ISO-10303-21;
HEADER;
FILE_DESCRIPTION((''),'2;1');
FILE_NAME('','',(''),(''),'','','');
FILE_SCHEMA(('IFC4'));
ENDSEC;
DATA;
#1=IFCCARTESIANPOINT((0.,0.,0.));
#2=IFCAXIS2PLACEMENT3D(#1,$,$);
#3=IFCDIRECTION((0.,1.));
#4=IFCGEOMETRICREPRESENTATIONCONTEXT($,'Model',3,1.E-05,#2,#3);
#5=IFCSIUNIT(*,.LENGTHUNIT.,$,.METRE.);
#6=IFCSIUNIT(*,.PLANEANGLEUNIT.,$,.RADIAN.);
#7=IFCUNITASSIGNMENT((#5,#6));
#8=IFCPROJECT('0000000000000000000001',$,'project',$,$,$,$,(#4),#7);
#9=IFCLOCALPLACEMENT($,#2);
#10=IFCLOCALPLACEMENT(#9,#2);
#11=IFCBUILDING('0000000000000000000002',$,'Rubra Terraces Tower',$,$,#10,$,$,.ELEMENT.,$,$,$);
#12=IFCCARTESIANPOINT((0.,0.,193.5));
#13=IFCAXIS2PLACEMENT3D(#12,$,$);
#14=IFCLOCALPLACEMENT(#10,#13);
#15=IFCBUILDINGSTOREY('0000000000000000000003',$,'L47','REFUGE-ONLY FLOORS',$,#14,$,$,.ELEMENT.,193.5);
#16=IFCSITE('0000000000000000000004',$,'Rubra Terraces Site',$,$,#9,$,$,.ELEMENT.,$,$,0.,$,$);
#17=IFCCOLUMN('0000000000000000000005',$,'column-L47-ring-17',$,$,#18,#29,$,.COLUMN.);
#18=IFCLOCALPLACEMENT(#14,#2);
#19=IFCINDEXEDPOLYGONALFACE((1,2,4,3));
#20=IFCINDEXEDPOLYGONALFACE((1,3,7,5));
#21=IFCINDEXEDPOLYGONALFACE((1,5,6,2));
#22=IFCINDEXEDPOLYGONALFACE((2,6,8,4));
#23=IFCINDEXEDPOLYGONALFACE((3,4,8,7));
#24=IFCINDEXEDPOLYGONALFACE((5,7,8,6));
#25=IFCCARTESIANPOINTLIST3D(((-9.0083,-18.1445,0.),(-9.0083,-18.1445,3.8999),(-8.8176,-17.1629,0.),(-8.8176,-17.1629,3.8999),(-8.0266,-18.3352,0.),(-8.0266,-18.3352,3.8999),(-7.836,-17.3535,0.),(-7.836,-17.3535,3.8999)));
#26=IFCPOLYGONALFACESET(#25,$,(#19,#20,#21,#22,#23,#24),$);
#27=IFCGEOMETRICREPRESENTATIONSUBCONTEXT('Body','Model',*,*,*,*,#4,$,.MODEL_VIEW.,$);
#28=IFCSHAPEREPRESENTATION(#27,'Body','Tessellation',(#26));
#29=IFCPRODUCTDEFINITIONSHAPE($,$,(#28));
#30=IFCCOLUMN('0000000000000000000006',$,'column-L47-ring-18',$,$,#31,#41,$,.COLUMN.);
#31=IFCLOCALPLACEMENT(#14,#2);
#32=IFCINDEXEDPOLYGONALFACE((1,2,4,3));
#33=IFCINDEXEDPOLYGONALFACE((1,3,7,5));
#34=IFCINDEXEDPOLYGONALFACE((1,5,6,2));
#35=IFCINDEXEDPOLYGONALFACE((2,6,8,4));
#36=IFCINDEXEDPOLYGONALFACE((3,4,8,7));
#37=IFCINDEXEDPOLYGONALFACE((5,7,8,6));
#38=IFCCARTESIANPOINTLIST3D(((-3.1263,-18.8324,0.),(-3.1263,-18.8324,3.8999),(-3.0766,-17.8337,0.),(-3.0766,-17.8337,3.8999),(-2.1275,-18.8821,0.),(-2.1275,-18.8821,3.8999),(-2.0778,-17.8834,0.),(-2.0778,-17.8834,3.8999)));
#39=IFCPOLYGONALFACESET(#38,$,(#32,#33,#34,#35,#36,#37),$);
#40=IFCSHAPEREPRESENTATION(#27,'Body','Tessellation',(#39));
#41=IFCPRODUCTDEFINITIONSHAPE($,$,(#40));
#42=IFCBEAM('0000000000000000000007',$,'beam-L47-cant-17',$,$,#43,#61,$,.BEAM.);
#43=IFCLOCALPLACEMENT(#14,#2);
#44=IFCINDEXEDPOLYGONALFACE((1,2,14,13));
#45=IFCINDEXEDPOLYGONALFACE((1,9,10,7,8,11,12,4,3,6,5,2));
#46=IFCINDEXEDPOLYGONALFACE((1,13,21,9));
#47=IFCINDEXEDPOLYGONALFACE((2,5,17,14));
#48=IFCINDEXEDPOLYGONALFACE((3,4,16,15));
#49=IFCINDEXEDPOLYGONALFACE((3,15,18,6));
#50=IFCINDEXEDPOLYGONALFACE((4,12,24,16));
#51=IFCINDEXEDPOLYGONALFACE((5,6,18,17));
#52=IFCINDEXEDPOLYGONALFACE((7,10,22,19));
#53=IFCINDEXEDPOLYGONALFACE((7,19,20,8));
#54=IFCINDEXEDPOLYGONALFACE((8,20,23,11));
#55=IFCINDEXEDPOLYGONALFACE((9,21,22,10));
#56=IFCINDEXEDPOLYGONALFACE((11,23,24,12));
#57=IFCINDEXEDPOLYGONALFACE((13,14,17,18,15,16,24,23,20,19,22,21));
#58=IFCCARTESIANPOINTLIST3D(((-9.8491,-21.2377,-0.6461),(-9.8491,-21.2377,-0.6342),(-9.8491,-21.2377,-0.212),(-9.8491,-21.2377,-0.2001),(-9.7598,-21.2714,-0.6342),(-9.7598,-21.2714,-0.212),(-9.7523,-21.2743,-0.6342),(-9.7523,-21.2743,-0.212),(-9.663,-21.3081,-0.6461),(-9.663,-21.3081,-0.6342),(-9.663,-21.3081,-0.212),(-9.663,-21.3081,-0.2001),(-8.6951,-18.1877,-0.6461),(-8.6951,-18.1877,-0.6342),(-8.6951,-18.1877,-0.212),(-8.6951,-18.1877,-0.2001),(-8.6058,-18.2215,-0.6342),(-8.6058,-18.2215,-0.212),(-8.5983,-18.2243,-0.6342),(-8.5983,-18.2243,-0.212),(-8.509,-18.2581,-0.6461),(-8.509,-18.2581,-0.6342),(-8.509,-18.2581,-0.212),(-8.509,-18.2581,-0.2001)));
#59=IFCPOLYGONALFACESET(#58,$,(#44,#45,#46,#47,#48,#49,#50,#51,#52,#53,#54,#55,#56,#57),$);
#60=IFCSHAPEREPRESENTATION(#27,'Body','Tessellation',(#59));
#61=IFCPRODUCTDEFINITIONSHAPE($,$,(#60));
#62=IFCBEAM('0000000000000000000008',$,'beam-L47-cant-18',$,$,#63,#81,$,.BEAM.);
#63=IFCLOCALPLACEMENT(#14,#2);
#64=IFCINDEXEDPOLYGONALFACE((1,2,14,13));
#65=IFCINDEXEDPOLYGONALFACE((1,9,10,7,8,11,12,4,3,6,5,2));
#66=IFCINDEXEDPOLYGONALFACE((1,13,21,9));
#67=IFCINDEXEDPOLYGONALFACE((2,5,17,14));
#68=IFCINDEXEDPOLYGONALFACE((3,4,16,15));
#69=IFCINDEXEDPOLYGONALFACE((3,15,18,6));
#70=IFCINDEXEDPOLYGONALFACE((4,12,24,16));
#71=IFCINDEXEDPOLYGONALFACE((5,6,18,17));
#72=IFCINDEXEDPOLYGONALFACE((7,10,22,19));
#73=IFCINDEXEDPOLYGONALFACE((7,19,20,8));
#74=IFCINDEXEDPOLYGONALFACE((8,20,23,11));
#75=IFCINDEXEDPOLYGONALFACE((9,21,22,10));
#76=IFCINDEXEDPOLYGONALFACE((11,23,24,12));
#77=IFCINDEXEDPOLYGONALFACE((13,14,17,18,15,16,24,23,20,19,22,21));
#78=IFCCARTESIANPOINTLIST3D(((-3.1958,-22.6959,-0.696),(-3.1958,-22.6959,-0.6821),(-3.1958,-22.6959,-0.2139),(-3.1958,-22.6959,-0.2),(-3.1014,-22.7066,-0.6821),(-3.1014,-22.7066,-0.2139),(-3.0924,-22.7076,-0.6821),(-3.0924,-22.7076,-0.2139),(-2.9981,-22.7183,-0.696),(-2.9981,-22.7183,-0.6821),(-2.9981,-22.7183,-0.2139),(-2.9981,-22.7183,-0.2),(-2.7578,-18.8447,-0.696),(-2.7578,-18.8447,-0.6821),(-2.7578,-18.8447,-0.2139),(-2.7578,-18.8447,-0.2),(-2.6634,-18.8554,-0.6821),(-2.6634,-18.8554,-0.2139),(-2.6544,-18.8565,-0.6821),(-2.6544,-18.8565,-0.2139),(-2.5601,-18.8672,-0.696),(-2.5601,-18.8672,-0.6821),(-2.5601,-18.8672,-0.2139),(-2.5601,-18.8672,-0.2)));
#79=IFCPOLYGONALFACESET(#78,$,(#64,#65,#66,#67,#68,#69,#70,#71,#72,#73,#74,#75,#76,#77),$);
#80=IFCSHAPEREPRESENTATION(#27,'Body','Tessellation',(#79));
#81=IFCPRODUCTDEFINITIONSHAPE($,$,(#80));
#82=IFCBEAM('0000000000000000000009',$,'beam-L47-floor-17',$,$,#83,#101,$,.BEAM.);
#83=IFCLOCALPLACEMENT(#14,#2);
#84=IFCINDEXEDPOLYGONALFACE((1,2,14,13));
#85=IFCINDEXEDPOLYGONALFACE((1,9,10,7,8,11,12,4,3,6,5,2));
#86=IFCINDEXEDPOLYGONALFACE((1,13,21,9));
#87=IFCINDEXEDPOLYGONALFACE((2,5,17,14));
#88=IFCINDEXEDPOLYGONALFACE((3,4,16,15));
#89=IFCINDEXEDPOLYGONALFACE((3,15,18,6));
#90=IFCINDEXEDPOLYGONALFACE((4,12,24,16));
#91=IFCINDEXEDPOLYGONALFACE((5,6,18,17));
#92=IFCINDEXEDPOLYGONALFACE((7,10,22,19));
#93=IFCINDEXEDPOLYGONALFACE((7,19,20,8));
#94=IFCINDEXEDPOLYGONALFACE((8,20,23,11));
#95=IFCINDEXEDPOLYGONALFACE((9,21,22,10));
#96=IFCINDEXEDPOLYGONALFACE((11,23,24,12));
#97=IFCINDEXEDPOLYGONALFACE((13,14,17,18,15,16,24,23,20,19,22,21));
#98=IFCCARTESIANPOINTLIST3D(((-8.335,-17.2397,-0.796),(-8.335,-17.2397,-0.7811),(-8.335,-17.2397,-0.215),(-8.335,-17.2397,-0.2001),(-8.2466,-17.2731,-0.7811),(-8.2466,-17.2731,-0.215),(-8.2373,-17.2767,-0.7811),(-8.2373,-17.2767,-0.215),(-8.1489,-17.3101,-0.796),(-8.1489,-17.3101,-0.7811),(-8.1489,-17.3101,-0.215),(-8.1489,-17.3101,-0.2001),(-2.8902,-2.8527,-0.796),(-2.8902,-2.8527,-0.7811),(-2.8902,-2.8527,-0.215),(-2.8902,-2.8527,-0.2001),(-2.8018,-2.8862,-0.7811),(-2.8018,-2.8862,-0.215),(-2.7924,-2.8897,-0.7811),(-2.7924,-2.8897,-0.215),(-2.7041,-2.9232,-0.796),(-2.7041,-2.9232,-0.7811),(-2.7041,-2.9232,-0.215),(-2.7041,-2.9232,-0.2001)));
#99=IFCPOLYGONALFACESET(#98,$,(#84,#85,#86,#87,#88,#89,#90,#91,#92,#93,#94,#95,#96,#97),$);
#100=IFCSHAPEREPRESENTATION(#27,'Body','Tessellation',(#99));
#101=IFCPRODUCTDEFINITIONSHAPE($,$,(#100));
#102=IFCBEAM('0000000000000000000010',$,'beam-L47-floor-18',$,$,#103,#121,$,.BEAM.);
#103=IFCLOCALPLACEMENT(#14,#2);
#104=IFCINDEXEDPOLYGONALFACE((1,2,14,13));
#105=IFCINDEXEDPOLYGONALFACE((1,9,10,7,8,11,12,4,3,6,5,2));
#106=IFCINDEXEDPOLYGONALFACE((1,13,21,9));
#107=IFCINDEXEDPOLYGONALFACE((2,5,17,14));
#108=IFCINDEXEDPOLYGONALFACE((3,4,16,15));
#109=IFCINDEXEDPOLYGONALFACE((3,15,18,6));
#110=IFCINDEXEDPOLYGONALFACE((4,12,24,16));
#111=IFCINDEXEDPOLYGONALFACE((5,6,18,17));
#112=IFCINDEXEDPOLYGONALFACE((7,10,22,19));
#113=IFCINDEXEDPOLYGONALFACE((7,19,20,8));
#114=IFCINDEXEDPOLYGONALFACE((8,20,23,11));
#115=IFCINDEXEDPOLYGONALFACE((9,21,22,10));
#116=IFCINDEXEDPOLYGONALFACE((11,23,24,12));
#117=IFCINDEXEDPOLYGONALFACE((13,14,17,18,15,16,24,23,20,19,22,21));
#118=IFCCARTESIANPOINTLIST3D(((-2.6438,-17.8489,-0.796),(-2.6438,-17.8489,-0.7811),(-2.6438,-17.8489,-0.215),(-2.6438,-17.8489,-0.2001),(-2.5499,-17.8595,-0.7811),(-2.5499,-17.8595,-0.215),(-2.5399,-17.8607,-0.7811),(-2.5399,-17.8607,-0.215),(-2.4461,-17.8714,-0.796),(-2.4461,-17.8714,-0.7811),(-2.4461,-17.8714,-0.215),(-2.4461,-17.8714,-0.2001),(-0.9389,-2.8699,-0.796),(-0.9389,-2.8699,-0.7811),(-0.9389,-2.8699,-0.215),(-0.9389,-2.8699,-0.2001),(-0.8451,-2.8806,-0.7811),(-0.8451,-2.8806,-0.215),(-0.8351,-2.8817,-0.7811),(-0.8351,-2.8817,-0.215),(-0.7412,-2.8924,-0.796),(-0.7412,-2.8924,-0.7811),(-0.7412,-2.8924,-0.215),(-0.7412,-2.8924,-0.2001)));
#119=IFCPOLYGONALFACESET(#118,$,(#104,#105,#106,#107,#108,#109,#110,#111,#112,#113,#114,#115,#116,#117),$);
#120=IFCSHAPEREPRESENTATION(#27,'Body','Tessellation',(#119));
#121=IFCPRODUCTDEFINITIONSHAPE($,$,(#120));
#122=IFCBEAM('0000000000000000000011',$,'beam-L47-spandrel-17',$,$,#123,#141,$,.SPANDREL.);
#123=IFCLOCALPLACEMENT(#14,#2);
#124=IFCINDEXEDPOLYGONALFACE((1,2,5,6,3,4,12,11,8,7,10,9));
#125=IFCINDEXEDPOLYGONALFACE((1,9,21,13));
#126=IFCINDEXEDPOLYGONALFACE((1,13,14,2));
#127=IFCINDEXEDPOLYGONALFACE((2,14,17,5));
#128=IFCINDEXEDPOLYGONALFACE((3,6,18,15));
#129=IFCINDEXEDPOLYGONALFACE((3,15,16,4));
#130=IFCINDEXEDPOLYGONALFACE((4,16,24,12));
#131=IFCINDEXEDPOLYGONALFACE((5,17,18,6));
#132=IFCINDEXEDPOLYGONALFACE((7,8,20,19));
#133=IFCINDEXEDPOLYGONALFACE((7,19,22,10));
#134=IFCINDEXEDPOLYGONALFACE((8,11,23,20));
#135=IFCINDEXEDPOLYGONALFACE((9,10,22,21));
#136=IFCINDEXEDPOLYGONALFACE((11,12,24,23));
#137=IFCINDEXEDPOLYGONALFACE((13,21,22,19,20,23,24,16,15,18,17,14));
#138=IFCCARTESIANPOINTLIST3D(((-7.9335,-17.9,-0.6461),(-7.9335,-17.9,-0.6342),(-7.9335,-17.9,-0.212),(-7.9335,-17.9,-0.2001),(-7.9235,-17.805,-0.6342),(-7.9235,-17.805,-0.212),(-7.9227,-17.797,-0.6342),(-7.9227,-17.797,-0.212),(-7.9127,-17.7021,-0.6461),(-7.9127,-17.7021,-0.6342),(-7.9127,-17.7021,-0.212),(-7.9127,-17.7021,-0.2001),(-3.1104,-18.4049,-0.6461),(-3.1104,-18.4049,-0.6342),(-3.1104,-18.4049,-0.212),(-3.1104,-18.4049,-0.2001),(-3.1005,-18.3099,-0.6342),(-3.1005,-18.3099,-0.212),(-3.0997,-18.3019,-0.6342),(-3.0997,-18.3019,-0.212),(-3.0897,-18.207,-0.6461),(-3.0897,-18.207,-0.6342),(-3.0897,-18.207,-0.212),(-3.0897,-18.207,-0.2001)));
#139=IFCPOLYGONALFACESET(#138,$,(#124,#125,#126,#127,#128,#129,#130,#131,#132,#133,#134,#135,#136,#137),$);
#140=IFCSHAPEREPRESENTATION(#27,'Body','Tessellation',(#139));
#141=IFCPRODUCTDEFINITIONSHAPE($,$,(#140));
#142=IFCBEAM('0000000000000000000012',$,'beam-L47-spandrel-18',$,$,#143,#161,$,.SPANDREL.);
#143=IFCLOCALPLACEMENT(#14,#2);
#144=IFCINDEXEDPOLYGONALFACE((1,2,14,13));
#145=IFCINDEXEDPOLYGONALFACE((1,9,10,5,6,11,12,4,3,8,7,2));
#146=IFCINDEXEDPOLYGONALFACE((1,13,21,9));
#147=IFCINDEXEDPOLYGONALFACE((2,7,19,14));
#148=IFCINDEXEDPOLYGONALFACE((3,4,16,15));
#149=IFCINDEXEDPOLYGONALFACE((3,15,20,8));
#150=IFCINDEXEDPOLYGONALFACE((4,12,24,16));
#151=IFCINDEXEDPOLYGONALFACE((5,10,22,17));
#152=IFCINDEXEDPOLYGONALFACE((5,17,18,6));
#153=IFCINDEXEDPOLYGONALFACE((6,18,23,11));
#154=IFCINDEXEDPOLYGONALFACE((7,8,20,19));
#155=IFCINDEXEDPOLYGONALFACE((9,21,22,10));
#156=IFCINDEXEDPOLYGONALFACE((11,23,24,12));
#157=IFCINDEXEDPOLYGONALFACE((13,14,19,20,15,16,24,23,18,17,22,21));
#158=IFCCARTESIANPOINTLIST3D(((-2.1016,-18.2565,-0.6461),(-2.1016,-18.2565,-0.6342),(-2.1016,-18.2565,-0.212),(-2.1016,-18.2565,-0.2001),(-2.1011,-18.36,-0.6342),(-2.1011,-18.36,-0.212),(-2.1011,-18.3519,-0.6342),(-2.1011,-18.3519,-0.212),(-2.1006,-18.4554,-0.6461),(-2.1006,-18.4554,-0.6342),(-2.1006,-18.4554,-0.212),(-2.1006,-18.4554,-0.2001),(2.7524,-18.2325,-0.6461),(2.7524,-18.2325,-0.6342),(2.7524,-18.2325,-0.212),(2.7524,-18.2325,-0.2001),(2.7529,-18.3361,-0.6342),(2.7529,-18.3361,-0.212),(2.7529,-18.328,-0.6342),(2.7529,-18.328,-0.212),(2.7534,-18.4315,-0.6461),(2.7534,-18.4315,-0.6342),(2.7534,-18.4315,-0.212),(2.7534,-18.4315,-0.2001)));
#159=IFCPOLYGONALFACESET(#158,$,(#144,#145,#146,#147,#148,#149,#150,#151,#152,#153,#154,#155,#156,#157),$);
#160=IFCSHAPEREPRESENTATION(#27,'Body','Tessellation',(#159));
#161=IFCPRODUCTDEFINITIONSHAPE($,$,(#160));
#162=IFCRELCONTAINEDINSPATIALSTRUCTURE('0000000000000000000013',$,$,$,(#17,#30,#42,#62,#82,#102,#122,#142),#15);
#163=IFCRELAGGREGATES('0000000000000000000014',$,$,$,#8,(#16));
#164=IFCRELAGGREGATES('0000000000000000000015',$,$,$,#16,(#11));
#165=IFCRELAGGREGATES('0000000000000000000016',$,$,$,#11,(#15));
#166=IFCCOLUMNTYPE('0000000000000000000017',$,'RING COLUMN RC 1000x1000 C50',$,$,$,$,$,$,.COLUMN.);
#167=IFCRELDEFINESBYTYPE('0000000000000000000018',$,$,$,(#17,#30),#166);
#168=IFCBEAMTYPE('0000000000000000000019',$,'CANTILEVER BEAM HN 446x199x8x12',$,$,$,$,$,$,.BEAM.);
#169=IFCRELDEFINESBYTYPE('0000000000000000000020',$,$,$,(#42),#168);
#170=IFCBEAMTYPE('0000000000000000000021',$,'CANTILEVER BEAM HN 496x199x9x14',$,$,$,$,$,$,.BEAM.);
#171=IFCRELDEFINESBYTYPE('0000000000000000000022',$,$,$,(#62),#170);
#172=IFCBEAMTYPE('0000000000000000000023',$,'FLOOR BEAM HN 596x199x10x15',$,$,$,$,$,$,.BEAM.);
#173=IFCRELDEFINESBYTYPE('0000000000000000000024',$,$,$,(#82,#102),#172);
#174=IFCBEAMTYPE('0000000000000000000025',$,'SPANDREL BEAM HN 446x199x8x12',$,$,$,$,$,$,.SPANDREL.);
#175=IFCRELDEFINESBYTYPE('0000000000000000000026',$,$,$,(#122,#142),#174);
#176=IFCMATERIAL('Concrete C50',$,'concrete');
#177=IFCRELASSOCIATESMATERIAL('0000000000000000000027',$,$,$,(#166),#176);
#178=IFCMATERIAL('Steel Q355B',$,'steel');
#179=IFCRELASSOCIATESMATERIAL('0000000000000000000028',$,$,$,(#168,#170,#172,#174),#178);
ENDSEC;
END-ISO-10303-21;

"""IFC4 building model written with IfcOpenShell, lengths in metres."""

from ifc_helpers import new_model, si_unit, direction, frame, origin, origin_2d, place, context, subcontext, project, spatial, rectangle, i_section, extrude, material, material_profile, profile_set, type_object, element, save


model = new_model("IFC4")

# Units and contexts
model_context = context("Model", 3, precision=1e-05, world=origin(), true_north=direction((0.0, 1.0)))
body_context = subcontext(model_context, "Body", "Model", "MODEL_VIEW")
ifc_project = project(units=[si_unit("LENGTHUNIT", "METRE"), si_unit("PLANEANGLEUNIT", "RADIAN")], contexts=[model_context])

# Site, building, storey
site_placement = place(None, origin())
site = spatial("IfcSite", under=ifc_project, at=site_placement, Name="Rubra Terraces Site", CompositionType="ELEMENT", RefElevation=0.0)
building_placement = place(site_placement, origin())
building = spatial("IfcBuilding", under=site, at=building_placement, Name="Rubra Terraces Tower", CompositionType="ELEMENT")
storey_placement = place(building_placement, frame((0.0, 0.0, 193.5)))
storey = spatial("IfcBuildingStorey", under=building, at=storey_placement, Name="L47", Description="REFUGE-ONLY FLOORS", CompositionType="ELEMENT", Elevation=193.5)

# Columns
ifc_material_1 = material(Name="Concrete C50", Category="concrete")
ifc_material_profile_1 = material_profile(ifc_material_1, rectangle(XDim=1.0, YDim=1.0, at=origin_2d()), Name="RC 1000x1000")
ifc_profile_set_1 = profile_set([ifc_material_profile_1], Name="Concrete C50")
column_type = type_object("IfcColumnType", Name="RING COLUMN RC 1000x1000 C50", PredefinedType="COLUMN", material=ifc_profile_set_1)
for number, where, z_axis, x_axis, name in (
    (1, (-8.4221, -17.749, 0.0), (0.0, 0.0, 1.0), (0.981655, -0.190668, 0.0), "column-L47-ring-17"),
    (2, (-2.6021, -18.3579, 0.0), (0.0, 0.0, 1.0), (0.998764, -0.049699, 0.0), "column-L47-ring-18"),
):
    element("IfcColumn", number, at=place(storey_placement, frame(where, z_axis=z_axis, x_axis=x_axis)), inside=storey, type_object=column_type, Name=name, PredefinedType="COLUMN", context=body_context, shape_type="SweptSolid", body=[
        extrude(rectangle(XDim=1.0, YDim=1.0, at=origin_2d()), origin(), (0.0, 0.0, 1.0), 3.8999),
    ])

# Beams
ifc_material_2 = material(Name="Steel Q355B", Category="steel")
ifc_material_profile_2 = material_profile(ifc_material_2, i_section(OverallWidth=0.199, OverallDepth=0.446, WebThickness=0.0081, FlangeThickness=0.012, at=origin_2d()), Name="HN 446x199x8x12")
ifc_profile_set_2 = profile_set([ifc_material_profile_2], Name="Steel Q355B")
beam_type_1 = type_object("IfcBeamType", Name="CANTILEVER BEAM HN 446x199x8x12", PredefinedType="BEAM", material=ifc_profile_set_2)
beam_1_placement = place(storey_placement, frame((-8.6021, -18.2229, -0.4231), z_axis=(-0.353887, -0.935288, 0.0), x_axis=(0.935288, -0.353887, 0.0)))
element("IfcBeam", 3, at=beam_1_placement, inside=storey, type_object=beam_type_1, Name="beam-L47-cant-17", PredefinedType="BEAM", context=body_context, shape_type="SweptSolid", body=[
    extrude(i_section(OverallWidth=0.199, OverallDepth=0.446, WebThickness=0.0081, FlangeThickness=0.012, at=origin_2d()), origin(), (0.0, 0.0, 1.0), 3.261),
])
ifc_material_profile_3 = material_profile(ifc_material_2, i_section(OverallWidth=0.199, OverallDepth=0.4961, WebThickness=0.009, FlangeThickness=0.0139, at=origin_2d()), Name="HN 496x199x9x14")
ifc_profile_set_3 = profile_set([ifc_material_profile_3], Name="Steel Q355B")
beam_type_2 = type_object("IfcBeamType", Name="CANTILEVER BEAM HN 496x199x9x14", PredefinedType="BEAM", material=ifc_profile_set_3)
beam_2_placement = place(storey_placement, frame((-2.6589, -18.856, -0.448), z_axis=(-0.113003, -0.993595, 0.0), x_axis=(0.993595, -0.113003, 0.0)))
element("IfcBeam", 4, at=beam_2_placement, inside=storey, type_object=beam_type_2, Name="beam-L47-cant-18", PredefinedType="BEAM", context=body_context, shape_type="SweptSolid", body=[
    extrude(i_section(OverallWidth=0.199, OverallDepth=0.4961, WebThickness=0.009, FlangeThickness=0.0139, at=origin_2d()), origin(), (0.0, 0.0, 1.0), 3.876),
])
ifc_material_profile_4 = material_profile(ifc_material_2, i_section(OverallWidth=0.199, OverallDepth=0.5959, WebThickness=0.01, FlangeThickness=0.0149, at=origin_2d()), Name="HN 596x199x10x15")
ifc_profile_set_4 = profile_set([ifc_material_profile_4], Name="Steel Q355B")
beam_type_3 = type_object("IfcBeamType", Name="FLOOR BEAM HN 596x199x10x15", PredefinedType="BEAM", material=ifc_profile_set_4)
beam_3_placement = place(storey_placement, frame((-8.2419, -17.2749, -0.498), z_axis=(0.353955, 0.935262, 0.0), x_axis=(-0.935262, 0.353955, 0.0)))
element("IfcBeam", 5, at=beam_3_placement, inside=storey, type_object=beam_type_3, Name="beam-L47-floor-17", PredefinedType="BEAM", context=body_context, shape_type="SweptSolid", body=[
    extrude(i_section(OverallWidth=0.199, OverallDepth=0.5959, WebThickness=0.01, FlangeThickness=0.0149, at=origin_2d()), origin(), (0.0, 0.0, 1.0), 15.3828),
])
beam_4_placement = place(storey_placement, frame((-2.5449, -17.8601, -0.498), z_axis=(0.113085, 0.993585, 0.0), x_axis=(-0.993585, 0.113085, 0.0)))
element("IfcBeam", 6, at=beam_4_placement, inside=storey, type_object=beam_type_3, Name="beam-L47-floor-18", PredefinedType="BEAM", context=body_context, shape_type="SweptSolid", body=[
    extrude(i_section(OverallWidth=0.199, OverallDepth=0.5959, WebThickness=0.01, FlangeThickness=0.0149, at=origin_2d()), origin(), (0.0, 0.0, 1.0), 15.0757),
])
ifc_material_profile_5 = material_profile(ifc_material_2, i_section(OverallWidth=0.199, OverallDepth=0.446, WebThickness=0.0081, FlangeThickness=0.012, at=origin_2d()), Name="HN 446x199x8x12")
ifc_profile_set_5 = profile_set([ifc_material_profile_5], Name="Steel Q355B")
beam_type_4 = type_object("IfcBeamType", Name="SPANDREL BEAM HN 446x199x8x12", PredefinedType="SPANDREL", material=ifc_profile_set_5)
beam_5_placement = place(storey_placement, frame((-7.9231, -17.801, -0.4231), z_axis=(0.994565, -0.104113, 0.0), x_axis=(0.104113, 0.994565, 0.0)))
element("IfcBeam", 7, at=beam_5_placement, inside=storey, type_object=beam_type_4, Name="beam-L47-spandrel-17", PredefinedType="SPANDREL", context=body_context, shape_type="SweptSolid", body=[
    extrude(i_section(OverallWidth=0.199, OverallDepth=0.446, WebThickness=0.0081, FlangeThickness=0.012, at=origin_2d()), origin(), (0.0, 0.0, 1.0), 4.8494),
])
beam_6_placement = place(storey_placement, frame((-2.1011, -18.356, -0.4231), z_axis=(0.999988, 0.004929, 0.0), x_axis=(-0.004929, 0.999988, 0.0)))
element("IfcBeam", 8, at=beam_6_placement, inside=storey, type_object=beam_type_4, Name="beam-L47-spandrel-18", PredefinedType="SPANDREL", context=body_context, shape_type="SweptSolid", body=[
    extrude(i_section(OverallWidth=0.199, OverallDepth=0.446, WebThickness=0.0081, FlangeThickness=0.012, at=origin_2d()), origin(), (0.0, 0.0, 1.0), 4.854),
])

save(model, "model.ifc")
